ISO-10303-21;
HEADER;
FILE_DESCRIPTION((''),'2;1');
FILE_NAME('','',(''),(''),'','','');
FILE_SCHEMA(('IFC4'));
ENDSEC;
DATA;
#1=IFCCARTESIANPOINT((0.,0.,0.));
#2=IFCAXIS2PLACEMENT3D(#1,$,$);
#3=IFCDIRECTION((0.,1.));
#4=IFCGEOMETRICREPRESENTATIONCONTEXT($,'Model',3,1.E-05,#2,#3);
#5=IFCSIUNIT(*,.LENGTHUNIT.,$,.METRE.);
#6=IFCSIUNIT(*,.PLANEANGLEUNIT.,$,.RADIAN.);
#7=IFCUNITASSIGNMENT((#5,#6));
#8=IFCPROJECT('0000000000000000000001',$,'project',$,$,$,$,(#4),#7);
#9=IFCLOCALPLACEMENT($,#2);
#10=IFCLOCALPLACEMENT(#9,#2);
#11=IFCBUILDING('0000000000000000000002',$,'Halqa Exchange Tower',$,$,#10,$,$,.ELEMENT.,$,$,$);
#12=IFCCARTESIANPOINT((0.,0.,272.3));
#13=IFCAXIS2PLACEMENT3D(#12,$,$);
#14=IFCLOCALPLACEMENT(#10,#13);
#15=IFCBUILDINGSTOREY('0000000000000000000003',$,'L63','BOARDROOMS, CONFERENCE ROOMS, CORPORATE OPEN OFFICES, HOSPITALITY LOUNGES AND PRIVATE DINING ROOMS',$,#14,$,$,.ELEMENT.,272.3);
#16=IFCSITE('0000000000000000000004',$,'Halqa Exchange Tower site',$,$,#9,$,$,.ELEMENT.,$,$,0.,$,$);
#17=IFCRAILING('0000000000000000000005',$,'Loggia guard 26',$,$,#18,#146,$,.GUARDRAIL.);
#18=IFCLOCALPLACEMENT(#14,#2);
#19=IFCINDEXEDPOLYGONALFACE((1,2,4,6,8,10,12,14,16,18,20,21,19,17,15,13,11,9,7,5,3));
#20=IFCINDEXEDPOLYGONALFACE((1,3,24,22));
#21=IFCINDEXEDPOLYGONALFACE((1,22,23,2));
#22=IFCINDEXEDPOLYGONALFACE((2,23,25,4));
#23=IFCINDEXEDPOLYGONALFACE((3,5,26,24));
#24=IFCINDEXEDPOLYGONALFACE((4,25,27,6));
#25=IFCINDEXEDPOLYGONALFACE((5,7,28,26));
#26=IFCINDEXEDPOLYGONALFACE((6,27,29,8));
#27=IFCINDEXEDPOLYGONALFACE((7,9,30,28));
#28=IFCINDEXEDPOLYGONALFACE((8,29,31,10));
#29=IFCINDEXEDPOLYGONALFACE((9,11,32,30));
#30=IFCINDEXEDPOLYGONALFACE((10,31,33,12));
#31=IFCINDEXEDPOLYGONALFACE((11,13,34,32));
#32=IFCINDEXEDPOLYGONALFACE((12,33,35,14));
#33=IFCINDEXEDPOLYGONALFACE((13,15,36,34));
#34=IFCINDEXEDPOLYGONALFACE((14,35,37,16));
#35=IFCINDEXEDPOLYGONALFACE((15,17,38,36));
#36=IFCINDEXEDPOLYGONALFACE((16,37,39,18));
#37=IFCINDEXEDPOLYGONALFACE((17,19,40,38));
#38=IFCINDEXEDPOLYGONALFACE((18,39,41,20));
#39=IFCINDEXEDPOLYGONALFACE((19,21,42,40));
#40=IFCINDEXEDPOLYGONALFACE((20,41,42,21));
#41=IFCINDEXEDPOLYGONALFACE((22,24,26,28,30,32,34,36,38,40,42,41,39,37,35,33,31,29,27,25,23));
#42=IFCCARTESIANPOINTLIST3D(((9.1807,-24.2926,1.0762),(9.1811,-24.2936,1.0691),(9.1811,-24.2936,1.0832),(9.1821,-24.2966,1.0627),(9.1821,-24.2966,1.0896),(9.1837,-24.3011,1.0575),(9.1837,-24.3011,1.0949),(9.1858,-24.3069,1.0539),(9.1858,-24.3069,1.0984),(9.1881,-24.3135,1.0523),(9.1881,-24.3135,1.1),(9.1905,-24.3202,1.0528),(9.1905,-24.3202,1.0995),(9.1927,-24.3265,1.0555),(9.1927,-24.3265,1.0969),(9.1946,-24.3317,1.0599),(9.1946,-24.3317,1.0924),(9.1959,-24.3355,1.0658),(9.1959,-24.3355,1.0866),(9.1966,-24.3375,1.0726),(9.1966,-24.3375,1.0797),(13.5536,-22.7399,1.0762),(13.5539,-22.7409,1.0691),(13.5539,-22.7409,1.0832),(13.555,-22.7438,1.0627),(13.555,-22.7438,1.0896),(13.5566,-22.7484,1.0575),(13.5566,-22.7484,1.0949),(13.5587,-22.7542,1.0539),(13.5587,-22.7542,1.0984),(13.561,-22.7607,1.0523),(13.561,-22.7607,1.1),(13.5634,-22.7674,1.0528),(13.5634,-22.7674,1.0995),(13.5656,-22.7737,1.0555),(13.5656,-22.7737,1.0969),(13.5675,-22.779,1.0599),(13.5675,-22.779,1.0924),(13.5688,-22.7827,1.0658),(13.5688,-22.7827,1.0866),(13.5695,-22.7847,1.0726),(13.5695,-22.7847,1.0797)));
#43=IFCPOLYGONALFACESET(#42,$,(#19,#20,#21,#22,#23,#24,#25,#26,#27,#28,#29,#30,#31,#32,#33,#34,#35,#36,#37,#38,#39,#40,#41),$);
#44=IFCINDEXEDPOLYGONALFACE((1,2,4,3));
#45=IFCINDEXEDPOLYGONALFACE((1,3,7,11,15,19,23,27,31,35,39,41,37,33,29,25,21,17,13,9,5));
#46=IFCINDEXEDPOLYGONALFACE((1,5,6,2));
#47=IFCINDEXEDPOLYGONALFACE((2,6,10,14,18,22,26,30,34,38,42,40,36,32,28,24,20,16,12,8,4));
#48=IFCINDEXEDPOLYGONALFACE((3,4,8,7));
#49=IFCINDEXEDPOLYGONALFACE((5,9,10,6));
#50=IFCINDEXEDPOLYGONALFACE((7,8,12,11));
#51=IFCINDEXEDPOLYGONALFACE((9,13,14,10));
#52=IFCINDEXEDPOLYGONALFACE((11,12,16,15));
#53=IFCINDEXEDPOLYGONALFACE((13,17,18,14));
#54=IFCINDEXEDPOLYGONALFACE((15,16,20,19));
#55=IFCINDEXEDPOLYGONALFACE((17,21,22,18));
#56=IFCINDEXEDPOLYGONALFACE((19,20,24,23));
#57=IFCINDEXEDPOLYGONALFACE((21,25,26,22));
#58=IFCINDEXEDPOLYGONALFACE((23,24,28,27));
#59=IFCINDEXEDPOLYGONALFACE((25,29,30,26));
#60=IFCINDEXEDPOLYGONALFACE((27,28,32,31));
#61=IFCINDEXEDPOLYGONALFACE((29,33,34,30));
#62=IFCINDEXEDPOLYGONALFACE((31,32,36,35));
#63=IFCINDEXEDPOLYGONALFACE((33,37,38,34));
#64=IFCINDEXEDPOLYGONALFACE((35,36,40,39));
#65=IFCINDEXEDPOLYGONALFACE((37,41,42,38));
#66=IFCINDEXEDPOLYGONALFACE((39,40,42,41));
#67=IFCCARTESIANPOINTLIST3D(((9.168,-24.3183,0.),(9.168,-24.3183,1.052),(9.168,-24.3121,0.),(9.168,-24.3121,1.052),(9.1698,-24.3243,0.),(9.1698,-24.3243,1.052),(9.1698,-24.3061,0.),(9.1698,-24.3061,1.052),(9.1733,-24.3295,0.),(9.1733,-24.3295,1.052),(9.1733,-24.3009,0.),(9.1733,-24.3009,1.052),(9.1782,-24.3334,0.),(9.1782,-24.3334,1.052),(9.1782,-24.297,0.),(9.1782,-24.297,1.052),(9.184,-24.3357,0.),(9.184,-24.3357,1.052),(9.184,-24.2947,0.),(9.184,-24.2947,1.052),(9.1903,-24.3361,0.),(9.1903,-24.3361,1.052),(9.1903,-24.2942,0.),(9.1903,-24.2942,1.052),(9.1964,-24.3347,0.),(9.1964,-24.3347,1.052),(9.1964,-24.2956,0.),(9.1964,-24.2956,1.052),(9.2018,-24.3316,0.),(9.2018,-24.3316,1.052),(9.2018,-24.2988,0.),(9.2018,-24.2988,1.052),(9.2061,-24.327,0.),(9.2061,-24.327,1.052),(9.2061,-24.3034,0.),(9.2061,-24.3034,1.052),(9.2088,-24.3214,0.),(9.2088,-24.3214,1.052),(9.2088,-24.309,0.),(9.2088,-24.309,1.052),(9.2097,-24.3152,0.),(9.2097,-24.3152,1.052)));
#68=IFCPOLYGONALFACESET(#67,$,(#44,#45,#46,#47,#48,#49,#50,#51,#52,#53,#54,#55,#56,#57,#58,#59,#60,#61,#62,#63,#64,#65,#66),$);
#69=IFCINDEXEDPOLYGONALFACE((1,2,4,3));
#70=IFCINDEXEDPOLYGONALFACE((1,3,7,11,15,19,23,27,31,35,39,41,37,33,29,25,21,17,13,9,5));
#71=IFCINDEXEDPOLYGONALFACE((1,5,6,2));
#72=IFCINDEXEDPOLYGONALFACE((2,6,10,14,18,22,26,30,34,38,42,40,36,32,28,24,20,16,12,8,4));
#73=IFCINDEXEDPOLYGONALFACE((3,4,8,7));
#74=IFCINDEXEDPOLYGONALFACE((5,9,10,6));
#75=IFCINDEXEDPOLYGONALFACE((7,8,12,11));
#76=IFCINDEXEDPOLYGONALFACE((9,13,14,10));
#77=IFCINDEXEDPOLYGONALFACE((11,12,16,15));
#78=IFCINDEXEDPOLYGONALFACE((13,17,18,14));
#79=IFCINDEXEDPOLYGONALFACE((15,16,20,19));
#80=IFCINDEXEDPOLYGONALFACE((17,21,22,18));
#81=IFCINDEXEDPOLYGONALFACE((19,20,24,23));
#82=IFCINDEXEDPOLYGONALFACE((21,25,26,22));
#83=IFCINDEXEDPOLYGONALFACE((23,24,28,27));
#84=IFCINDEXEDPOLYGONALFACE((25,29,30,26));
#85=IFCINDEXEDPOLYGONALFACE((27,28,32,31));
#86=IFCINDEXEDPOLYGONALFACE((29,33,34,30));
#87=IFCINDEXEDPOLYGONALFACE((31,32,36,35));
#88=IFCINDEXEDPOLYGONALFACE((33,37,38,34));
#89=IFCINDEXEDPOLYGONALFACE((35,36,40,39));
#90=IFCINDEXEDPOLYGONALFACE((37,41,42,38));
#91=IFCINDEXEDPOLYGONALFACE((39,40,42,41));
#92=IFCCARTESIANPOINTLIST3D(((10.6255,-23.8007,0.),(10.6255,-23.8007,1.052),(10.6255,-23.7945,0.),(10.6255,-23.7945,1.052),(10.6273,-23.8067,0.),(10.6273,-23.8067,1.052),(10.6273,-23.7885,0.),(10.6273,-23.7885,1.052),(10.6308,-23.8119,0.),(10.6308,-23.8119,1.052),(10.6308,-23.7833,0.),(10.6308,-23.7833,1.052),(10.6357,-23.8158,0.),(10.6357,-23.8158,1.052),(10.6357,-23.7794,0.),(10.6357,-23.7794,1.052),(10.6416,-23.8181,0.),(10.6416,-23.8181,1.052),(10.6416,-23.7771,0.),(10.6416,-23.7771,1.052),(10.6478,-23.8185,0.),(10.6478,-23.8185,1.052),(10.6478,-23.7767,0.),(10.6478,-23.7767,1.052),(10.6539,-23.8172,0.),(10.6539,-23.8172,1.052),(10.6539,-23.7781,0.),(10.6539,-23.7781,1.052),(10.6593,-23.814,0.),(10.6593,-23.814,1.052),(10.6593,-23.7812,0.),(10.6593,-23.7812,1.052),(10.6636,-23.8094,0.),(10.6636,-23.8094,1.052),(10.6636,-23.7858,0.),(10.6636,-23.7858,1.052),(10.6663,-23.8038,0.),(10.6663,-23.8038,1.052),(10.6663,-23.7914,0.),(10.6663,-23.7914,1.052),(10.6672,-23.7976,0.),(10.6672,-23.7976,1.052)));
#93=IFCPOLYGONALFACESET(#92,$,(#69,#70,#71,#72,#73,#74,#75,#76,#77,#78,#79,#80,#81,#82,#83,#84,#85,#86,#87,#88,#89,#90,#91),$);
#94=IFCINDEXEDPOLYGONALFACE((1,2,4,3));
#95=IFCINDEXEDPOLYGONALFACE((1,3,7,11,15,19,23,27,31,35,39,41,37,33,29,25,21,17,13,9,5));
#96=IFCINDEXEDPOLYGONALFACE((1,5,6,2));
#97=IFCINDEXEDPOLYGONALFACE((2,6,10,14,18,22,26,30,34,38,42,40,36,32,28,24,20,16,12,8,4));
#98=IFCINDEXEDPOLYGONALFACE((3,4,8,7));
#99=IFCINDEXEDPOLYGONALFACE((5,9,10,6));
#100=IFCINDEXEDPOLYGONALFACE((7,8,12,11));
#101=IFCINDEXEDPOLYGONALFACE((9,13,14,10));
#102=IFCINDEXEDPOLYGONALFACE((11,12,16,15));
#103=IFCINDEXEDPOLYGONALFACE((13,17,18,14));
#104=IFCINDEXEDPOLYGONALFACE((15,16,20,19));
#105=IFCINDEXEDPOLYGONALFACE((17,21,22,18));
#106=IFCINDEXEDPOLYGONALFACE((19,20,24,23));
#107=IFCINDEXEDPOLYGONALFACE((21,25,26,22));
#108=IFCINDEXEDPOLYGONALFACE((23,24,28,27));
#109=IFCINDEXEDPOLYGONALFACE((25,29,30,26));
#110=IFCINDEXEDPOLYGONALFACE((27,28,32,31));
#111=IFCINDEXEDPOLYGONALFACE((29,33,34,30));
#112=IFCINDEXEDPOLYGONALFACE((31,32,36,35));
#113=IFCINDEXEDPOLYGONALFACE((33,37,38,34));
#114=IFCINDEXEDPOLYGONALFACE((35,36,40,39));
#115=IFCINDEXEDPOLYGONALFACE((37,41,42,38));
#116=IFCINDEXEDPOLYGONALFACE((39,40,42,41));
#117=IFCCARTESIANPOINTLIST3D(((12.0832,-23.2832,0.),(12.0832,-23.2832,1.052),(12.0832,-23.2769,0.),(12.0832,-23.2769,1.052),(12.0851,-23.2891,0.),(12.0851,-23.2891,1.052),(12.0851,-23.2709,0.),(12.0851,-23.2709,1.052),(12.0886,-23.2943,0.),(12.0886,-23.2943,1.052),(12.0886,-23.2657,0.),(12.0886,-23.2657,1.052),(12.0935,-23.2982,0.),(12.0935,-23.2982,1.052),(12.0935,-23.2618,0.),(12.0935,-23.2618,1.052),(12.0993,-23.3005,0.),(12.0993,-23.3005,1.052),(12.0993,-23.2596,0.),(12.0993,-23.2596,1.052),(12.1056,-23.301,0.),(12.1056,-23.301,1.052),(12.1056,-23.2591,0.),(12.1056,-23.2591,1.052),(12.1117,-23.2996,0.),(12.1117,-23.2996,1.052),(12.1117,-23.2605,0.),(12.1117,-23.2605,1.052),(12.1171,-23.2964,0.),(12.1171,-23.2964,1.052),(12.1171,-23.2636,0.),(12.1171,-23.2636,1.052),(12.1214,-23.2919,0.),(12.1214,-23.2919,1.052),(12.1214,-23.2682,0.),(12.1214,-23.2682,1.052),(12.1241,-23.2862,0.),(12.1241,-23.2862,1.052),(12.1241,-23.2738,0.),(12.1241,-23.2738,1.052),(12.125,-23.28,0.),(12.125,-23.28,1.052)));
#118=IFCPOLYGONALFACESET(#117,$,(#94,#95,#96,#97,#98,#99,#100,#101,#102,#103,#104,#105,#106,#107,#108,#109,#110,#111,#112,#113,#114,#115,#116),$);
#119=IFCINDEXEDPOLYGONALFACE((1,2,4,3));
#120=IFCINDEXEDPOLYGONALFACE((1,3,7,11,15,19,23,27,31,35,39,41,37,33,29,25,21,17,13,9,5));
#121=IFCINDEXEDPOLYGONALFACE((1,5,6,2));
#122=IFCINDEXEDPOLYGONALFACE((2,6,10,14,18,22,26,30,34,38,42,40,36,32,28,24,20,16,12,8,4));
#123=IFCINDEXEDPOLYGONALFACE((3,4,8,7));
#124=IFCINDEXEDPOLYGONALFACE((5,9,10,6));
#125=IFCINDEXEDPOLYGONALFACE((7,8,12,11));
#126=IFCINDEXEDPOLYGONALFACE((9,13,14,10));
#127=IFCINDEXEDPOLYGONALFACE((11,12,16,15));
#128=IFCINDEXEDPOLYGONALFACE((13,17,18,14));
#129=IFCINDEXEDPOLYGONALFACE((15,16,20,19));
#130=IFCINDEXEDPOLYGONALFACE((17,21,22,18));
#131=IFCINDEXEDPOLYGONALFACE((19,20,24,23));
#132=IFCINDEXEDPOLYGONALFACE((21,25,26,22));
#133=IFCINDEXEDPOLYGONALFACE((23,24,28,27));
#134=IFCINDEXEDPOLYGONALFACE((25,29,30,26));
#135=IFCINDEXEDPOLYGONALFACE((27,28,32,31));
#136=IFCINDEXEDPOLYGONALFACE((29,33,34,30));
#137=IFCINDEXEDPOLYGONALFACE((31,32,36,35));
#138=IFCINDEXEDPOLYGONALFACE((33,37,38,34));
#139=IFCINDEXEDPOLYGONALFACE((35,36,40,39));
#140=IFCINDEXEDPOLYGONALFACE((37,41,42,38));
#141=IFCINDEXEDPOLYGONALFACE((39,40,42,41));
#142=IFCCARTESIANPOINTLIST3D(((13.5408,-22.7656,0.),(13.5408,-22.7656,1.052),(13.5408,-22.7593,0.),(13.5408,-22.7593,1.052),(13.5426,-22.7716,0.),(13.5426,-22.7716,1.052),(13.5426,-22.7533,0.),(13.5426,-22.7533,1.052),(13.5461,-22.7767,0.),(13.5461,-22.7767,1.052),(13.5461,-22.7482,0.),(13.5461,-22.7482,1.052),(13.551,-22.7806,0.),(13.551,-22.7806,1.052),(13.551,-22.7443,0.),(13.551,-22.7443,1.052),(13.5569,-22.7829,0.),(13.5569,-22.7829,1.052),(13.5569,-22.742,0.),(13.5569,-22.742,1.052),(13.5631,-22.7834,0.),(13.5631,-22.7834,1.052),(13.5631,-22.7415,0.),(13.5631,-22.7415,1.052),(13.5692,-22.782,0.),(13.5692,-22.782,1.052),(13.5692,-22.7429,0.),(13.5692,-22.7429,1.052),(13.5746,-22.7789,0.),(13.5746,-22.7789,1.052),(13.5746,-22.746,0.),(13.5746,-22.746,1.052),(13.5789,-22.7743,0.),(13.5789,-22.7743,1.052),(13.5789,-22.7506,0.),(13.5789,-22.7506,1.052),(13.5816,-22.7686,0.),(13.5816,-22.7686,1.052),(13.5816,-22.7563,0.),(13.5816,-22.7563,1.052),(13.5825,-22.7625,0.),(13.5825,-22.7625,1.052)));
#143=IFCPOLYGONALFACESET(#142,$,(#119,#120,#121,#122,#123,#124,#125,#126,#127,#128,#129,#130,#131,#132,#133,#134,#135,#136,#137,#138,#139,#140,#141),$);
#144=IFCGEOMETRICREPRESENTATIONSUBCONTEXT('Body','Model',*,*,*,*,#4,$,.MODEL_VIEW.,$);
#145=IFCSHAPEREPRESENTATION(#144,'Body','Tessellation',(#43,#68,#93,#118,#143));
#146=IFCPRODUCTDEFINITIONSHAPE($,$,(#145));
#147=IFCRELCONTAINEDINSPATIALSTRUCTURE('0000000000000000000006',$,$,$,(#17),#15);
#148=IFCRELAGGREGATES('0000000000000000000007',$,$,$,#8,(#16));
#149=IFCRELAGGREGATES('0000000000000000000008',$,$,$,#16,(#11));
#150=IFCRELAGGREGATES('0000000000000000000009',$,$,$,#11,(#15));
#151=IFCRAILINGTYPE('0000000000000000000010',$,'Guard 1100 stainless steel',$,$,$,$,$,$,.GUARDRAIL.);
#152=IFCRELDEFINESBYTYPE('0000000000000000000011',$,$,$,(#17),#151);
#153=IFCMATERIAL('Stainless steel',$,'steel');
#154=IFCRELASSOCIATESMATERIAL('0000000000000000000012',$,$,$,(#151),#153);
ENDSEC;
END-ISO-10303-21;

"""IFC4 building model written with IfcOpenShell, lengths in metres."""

from ifc_helpers import new_model, si_unit, direction, frame, origin, origin_2d, place, context, subcontext, project, spatial, circle, extrude, material, type_object, element, save


model = new_model("IFC4")

# Units and contexts
model_context = context("Model", 3, precision=1e-05, world=origin(), true_north=direction((0.0, 1.0)))
body_context = subcontext(model_context, "Body", "Model", "MODEL_VIEW")
ifc_project = project(units=[si_unit("LENGTHUNIT", "METRE"), si_unit("PLANEANGLEUNIT", "RADIAN")], contexts=[model_context])

# Site, building, storey
site_placement = place(None, origin())
site = spatial("IfcSite", under=ifc_project, at=site_placement, Name="Halqa Exchange Tower site", CompositionType="ELEMENT", RefElevation=0.0)
building_placement = place(site_placement, origin())
building = spatial("IfcBuilding", under=site, at=building_placement, Name="Halqa Exchange Tower", CompositionType="ELEMENT")
storey_placement = place(building_placement, frame((0.0, 0.0, 272.3)))
storey = spatial("IfcBuildingStorey", under=building, at=storey_placement, Name="L63", Description="BOARDROOMS, CONFERENCE ROOMS, CORPORATE OPEN OFFICES, HOSPITALITY LOUNGES AND PRIVATE DINING ROOMS", CompositionType="ELEMENT", Elevation=272.3)

# Railing
ifc_material_1 = material(Name="Stainless steel", Category="steel")
railing_type = type_object("IfcRailingType", Name="Guard 1100 stainless steel", PredefinedType="GUARDRAIL", material=ifc_material_1)
railing_1_placement = place(storey_placement, frame((9.1887, -24.3152, 0.0)))
element("IfcRailing", 1, at=railing_1_placement, inside=storey, type_object=railing_type, Name="Loggia guard 26", PredefinedType="GUARDRAIL", context=body_context, shape_type="SweptSolid", body=[
    extrude(circle(Radius=0.0239, at=origin_2d()), frame((0.0, 0.0, 1.0762), z_axis=(0.942353, 0.334619, 0.0), x_axis=(-0.334619, 0.942353, 0.0)), (0.0, 0.0, 1.0), 4.6404),
    extrude(circle(Radius=0.021, at=origin_2d()), origin(), (0.0, 0.0, 1.0), 1.052),
    extrude(circle(Radius=0.021, at=origin_2d()), frame((1.4575, 0.5176, 0.0)), (0.0, 0.0, 1.0), 1.052),
    extrude(circle(Radius=0.021, at=origin_2d()), frame((2.9153, 1.0352, 0.0)), (0.0, 0.0, 1.0), 1.052),
    extrude(circle(Radius=0.021, at=origin_2d()), frame((4.3728, 1.5527, 0.0)), (0.0, 0.0, 1.0), 1.052),
])

save(model, "model.ifc")
